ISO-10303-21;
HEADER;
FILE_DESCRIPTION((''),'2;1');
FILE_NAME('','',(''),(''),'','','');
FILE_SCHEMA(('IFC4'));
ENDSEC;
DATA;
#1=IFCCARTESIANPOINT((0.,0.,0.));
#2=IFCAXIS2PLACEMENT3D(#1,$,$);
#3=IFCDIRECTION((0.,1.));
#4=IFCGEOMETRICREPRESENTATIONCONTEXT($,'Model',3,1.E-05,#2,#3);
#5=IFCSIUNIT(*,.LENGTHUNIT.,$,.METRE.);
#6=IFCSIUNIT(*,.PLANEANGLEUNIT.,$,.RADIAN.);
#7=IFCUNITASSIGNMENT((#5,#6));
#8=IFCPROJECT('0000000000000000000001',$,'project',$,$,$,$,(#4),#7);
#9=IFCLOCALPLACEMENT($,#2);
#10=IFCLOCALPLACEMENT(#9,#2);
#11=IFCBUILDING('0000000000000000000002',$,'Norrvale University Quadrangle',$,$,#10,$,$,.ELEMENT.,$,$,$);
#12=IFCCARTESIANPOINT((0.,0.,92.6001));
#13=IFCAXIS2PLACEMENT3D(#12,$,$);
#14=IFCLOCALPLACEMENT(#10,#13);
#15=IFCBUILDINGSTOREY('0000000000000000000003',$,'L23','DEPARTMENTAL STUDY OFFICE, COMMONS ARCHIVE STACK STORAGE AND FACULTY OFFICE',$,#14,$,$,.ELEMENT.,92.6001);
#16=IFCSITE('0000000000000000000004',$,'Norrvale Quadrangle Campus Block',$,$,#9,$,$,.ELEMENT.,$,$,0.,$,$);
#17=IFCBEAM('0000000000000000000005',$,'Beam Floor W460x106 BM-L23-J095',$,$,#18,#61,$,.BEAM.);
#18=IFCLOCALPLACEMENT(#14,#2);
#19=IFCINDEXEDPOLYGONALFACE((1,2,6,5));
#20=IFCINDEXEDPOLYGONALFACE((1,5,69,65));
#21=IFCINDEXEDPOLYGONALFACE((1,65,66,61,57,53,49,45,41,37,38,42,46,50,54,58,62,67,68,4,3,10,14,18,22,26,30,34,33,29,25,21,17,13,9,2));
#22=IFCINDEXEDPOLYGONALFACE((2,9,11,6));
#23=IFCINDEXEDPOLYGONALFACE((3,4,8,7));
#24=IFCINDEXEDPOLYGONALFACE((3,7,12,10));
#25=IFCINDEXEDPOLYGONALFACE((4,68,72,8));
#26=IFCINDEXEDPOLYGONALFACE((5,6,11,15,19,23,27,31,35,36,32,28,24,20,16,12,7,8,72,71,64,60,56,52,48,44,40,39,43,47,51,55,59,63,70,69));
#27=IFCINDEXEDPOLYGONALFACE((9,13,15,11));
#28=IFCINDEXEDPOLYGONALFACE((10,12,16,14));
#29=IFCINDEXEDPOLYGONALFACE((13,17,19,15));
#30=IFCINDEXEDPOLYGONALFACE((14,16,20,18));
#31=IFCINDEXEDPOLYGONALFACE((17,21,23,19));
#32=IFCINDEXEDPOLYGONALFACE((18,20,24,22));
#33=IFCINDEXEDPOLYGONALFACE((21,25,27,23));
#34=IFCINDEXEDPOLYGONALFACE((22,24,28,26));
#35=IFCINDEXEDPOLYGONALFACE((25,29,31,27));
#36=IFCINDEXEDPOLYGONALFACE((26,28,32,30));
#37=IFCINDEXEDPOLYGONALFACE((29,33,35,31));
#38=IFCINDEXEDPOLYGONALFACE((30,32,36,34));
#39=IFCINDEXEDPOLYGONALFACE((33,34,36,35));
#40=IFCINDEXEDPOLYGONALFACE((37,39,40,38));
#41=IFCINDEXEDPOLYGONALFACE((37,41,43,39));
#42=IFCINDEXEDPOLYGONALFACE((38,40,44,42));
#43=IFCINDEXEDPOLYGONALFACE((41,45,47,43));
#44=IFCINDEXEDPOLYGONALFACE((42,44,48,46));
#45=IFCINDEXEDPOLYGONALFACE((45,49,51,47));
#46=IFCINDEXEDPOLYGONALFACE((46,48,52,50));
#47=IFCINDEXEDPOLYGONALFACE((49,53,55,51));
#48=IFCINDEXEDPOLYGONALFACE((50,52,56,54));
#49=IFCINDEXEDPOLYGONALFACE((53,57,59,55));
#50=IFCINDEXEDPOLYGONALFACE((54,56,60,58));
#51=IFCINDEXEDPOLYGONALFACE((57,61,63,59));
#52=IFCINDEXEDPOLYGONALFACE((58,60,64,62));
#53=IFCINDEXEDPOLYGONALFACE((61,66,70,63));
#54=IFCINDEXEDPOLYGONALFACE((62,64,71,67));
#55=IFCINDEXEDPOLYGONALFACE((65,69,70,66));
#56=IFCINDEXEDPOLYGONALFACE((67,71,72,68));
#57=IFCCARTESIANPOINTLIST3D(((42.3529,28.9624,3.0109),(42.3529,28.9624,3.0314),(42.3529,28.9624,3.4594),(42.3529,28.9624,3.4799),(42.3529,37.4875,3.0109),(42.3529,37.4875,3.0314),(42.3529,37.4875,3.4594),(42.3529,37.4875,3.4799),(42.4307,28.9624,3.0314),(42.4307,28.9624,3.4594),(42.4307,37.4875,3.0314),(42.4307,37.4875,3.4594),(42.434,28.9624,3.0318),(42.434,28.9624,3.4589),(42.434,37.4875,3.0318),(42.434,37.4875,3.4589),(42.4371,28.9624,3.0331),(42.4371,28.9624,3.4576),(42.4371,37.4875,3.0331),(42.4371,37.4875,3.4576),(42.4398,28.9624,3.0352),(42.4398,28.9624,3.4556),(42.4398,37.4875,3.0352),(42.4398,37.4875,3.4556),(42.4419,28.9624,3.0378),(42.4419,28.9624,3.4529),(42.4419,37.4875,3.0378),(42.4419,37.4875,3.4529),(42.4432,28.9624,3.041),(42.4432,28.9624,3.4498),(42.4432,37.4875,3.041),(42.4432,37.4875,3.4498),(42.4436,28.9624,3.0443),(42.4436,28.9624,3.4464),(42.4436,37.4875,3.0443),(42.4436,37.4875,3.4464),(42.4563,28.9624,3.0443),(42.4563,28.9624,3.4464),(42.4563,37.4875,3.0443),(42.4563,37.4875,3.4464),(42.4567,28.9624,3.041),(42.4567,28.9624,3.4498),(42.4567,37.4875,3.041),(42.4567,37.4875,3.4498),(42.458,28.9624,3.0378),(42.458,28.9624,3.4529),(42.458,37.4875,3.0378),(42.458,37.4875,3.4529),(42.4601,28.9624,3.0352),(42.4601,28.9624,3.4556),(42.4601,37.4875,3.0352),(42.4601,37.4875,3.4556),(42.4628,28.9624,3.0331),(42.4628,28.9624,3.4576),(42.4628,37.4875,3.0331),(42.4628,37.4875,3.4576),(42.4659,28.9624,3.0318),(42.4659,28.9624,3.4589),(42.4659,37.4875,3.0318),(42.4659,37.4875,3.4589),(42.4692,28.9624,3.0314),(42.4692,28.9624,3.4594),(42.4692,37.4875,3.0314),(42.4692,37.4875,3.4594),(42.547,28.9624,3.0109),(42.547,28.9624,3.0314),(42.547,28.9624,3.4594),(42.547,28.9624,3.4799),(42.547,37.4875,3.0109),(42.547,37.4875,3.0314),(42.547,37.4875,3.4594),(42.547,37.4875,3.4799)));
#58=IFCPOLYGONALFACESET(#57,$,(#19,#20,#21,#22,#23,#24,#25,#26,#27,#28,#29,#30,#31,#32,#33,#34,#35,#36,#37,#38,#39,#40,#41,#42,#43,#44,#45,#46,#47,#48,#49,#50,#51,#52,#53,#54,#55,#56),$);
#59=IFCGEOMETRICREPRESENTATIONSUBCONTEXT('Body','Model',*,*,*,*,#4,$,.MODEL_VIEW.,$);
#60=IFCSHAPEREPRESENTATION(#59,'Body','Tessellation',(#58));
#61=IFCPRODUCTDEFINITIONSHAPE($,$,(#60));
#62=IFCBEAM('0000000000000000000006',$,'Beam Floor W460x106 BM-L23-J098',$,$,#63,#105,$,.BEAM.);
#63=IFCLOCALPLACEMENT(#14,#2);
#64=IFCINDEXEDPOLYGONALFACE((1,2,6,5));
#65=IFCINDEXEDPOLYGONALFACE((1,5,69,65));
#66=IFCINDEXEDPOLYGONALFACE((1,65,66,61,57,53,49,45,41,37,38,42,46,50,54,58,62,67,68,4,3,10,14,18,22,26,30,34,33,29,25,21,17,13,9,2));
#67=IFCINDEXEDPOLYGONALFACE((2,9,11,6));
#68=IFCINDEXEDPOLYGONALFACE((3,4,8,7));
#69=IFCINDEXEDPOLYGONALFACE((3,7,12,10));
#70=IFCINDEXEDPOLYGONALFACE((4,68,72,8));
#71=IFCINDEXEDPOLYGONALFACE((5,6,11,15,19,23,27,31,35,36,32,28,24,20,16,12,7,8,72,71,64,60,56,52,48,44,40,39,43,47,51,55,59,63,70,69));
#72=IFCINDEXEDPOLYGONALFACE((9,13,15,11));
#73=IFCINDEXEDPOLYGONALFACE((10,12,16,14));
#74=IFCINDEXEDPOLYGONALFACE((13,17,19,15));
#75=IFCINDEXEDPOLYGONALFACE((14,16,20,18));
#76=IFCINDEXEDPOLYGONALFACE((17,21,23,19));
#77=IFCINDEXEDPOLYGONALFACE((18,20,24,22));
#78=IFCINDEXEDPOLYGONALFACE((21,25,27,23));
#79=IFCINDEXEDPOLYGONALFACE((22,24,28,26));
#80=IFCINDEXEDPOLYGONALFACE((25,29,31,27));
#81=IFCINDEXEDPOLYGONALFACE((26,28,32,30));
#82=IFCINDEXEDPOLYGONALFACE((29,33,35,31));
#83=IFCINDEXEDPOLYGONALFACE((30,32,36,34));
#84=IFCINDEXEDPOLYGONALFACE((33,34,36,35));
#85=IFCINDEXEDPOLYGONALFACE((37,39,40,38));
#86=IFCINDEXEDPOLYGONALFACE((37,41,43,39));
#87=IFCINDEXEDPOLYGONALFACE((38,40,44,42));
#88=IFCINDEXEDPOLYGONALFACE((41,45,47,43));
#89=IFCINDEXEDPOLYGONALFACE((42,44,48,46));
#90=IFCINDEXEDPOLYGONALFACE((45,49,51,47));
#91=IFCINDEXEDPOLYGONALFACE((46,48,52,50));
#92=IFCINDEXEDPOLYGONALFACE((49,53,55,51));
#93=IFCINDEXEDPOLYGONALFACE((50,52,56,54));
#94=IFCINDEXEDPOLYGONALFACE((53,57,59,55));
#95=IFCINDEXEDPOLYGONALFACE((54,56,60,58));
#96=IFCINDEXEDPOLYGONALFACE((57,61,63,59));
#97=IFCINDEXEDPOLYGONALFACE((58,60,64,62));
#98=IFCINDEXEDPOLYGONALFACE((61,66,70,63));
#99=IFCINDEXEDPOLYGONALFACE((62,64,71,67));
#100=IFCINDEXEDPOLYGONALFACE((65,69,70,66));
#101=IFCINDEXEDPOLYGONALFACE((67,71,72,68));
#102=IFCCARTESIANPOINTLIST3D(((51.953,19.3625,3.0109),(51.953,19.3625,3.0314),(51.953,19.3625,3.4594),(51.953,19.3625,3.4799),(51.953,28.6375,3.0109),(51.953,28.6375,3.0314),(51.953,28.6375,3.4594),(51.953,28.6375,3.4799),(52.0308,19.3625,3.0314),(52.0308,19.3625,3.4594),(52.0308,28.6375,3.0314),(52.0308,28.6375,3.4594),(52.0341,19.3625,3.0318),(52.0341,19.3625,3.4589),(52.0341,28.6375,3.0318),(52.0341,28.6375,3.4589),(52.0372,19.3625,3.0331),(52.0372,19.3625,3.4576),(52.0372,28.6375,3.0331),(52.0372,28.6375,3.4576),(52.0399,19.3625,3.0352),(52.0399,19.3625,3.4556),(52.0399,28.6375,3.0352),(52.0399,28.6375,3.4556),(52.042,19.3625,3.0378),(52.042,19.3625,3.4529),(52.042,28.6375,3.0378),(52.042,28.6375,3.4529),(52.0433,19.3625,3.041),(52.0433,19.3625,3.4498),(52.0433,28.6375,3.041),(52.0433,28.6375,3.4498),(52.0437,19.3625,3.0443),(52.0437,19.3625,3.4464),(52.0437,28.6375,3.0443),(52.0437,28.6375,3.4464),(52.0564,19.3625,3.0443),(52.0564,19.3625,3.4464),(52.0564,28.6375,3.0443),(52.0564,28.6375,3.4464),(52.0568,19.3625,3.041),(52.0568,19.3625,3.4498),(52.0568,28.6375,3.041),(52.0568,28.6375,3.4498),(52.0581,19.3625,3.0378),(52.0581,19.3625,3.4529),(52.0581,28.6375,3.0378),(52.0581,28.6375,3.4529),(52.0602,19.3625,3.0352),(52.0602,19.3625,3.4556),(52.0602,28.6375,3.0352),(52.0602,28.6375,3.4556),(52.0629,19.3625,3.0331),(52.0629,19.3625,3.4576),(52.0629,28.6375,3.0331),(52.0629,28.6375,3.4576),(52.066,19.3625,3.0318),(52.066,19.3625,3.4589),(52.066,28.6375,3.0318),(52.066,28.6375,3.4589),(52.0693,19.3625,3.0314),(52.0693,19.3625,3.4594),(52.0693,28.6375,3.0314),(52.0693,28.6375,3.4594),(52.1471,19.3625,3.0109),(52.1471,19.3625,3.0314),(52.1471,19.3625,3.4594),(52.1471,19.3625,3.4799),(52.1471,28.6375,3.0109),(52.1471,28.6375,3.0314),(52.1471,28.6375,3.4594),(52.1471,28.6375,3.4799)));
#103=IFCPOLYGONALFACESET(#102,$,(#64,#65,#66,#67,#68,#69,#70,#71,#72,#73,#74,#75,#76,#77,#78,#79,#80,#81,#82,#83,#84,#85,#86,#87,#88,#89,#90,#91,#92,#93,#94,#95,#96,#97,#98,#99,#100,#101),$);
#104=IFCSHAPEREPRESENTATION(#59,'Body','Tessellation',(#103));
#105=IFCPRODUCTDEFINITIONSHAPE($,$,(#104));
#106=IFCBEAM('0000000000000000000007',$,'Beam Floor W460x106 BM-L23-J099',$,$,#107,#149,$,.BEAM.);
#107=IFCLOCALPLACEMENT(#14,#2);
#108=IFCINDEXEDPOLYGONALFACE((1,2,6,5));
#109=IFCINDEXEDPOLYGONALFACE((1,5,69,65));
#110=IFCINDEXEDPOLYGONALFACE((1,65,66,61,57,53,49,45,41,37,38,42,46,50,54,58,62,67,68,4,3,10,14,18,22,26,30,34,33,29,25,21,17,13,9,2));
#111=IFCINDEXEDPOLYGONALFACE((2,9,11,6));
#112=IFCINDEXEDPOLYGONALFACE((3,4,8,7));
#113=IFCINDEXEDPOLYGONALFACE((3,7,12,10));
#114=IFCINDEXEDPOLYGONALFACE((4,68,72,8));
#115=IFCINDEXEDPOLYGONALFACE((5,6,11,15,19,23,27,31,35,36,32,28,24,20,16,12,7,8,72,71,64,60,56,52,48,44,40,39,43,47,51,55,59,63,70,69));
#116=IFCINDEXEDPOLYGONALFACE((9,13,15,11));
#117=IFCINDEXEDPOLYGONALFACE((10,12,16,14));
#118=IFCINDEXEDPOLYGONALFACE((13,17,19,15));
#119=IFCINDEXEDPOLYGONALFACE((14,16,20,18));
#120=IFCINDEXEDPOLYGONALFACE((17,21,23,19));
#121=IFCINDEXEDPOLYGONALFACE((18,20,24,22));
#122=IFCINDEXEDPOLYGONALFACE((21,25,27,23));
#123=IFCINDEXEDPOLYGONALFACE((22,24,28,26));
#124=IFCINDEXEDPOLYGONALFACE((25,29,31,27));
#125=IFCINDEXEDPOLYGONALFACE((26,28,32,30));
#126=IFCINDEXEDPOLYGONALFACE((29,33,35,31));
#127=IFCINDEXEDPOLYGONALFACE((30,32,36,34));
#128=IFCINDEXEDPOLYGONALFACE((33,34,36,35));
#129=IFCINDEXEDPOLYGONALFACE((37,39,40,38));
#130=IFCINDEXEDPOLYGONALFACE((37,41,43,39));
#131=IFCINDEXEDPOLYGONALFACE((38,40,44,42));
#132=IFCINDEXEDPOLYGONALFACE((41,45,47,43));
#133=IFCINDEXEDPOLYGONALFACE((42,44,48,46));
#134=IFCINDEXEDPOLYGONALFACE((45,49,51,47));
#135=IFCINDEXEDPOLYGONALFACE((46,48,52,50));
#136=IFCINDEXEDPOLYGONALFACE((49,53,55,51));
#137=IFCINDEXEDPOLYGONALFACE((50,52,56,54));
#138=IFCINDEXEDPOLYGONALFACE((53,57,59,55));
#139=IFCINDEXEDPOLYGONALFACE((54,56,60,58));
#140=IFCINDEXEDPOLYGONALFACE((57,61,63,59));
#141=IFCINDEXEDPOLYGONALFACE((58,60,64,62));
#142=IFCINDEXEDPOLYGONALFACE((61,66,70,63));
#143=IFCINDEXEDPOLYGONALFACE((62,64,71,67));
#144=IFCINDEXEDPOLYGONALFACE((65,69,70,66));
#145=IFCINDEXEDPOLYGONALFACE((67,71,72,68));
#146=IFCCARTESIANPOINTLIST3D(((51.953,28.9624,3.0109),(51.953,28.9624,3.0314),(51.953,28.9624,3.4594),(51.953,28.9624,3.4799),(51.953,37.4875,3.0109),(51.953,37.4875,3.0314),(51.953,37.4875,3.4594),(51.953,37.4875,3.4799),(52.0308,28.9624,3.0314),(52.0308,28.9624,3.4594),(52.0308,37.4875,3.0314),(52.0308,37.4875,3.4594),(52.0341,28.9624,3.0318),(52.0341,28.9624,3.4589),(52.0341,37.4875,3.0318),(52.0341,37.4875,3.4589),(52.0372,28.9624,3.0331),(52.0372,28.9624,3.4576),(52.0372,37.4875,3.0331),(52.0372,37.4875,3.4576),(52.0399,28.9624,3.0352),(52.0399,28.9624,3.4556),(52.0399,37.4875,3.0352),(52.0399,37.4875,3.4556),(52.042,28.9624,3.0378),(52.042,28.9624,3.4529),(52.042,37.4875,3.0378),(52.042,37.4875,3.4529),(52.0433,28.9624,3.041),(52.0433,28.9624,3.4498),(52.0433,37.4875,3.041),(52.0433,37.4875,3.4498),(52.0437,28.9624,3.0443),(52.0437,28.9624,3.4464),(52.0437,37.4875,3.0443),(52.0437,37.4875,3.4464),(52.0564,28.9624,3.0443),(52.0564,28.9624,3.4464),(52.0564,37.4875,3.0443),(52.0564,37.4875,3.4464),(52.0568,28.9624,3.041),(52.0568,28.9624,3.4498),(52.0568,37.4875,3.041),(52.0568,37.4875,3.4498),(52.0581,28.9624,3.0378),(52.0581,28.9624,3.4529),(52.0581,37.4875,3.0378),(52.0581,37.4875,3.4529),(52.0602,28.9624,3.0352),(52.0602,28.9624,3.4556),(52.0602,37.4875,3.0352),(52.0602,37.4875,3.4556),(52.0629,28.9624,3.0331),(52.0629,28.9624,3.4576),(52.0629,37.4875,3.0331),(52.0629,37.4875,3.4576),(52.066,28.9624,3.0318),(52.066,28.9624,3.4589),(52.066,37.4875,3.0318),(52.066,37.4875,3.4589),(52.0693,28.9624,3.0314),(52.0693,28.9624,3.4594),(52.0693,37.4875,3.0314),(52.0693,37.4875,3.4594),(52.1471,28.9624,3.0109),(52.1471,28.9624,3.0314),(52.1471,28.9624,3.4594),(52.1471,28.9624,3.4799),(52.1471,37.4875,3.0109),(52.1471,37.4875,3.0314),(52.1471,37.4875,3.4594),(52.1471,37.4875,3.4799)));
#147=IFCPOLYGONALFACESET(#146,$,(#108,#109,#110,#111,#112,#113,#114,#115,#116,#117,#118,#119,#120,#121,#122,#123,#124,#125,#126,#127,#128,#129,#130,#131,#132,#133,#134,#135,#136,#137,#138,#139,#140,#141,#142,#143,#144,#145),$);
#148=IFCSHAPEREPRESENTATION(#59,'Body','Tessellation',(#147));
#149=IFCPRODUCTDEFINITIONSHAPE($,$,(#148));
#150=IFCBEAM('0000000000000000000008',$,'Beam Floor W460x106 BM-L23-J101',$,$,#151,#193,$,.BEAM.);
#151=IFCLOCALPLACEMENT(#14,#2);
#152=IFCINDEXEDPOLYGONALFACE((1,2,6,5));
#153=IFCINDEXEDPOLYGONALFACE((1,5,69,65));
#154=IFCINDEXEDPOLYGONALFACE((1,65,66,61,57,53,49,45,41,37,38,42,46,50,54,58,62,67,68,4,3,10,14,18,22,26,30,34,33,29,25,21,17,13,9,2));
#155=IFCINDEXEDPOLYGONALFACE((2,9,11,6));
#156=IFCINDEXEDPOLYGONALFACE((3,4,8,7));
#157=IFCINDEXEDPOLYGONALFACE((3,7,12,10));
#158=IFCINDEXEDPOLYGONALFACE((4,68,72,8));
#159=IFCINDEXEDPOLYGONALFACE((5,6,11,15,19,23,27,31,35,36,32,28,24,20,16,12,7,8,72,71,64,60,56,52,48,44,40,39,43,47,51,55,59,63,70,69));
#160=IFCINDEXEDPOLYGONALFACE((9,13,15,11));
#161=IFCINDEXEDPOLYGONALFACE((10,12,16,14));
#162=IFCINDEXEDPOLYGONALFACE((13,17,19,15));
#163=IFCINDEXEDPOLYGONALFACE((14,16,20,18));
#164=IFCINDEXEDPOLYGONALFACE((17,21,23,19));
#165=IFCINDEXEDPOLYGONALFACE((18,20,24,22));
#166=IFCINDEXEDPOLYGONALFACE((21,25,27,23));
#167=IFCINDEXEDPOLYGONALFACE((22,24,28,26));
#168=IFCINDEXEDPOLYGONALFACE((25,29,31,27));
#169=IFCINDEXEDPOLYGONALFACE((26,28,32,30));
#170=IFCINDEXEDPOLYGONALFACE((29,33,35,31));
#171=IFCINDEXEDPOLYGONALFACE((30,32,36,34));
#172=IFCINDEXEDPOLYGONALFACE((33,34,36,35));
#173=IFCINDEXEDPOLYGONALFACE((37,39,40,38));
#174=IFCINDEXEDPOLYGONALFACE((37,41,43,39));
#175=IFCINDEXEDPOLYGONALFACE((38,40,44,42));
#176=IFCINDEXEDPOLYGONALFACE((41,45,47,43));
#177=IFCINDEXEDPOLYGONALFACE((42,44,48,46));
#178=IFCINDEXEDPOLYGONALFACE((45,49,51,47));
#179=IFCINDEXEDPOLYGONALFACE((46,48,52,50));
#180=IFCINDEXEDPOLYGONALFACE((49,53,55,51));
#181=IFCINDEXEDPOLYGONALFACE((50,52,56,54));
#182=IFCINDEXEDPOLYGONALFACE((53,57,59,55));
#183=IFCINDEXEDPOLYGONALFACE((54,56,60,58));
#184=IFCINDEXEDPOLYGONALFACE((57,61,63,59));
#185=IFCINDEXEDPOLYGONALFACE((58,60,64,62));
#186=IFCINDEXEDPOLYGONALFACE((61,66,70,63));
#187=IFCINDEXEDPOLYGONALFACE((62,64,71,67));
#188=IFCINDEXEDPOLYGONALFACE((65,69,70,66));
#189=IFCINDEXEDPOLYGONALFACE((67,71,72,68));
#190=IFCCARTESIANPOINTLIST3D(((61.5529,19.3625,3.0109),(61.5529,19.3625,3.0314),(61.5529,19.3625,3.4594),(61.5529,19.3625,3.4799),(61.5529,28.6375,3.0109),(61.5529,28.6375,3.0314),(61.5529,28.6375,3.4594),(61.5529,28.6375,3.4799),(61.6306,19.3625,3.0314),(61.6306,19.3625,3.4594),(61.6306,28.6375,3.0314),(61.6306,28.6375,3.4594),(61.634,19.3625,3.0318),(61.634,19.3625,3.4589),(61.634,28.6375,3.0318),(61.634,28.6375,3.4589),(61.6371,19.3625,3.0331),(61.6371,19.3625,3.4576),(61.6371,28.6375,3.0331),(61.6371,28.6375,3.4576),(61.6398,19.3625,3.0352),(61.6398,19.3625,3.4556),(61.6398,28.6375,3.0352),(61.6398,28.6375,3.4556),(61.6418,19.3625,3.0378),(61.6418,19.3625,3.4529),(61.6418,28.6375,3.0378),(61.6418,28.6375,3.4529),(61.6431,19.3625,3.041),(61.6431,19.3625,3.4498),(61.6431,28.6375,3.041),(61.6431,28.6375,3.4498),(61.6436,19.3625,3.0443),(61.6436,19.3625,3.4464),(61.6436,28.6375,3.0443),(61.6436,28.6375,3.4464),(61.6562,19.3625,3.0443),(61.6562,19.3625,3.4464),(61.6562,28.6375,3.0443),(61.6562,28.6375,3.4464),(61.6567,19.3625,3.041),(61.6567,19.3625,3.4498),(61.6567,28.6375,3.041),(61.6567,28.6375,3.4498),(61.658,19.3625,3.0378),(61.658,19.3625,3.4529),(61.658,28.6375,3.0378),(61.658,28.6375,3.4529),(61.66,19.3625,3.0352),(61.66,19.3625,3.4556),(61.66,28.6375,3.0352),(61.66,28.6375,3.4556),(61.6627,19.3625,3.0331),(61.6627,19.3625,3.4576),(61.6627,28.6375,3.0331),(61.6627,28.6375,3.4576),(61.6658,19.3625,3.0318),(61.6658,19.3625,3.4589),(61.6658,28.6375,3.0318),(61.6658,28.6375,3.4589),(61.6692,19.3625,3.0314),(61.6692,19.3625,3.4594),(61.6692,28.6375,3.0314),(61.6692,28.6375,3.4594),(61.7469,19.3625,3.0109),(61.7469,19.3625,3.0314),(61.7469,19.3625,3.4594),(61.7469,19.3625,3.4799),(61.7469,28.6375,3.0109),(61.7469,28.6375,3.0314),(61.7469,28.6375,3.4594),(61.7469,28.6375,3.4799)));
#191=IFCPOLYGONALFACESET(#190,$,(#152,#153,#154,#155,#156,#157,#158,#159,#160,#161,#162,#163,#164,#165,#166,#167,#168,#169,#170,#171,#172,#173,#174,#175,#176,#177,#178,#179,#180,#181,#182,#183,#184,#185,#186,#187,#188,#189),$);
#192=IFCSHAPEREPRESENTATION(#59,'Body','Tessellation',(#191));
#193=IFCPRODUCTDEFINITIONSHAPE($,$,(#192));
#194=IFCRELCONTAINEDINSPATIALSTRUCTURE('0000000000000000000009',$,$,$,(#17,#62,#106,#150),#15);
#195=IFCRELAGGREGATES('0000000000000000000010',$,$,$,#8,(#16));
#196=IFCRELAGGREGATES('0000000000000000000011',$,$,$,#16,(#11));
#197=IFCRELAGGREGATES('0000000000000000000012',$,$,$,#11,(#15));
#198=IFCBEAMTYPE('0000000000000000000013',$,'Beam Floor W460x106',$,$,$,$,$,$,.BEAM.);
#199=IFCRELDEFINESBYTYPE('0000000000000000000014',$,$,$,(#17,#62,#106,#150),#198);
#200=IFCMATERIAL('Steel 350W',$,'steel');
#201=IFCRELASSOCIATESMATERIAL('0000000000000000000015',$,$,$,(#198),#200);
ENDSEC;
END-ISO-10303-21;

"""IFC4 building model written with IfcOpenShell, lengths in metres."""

from ifc_helpers import new_model, si_unit, direction, frame, origin, origin_2d, place, context, subcontext, project, spatial, i_section, extrude, material, material_profile, profile_set, type_object, element, save


model = new_model("IFC4")

# Units and contexts
model_context = context("Model", 3, precision=1e-05, world=origin(), true_north=direction((0.0, 1.0)))
body_context = subcontext(model_context, "Body", "Model", "MODEL_VIEW")
ifc_project = project(units=[si_unit("LENGTHUNIT", "METRE"), si_unit("PLANEANGLEUNIT", "RADIAN")], contexts=[model_context])

# Site, building, storey
site_placement = place(None, origin())
site = spatial("IfcSite", under=ifc_project, at=site_placement, Name="Norrvale Quadrangle Campus Block", CompositionType="ELEMENT", RefElevation=0.0)
building_placement = place(site_placement, origin())
building = spatial("IfcBuilding", under=site, at=building_placement, Name="Norrvale University Quadrangle", CompositionType="ELEMENT")
storey_placement = place(building_placement, frame((0.0, 0.0, 92.6001)))
storey = spatial("IfcBuildingStorey", under=building, at=storey_placement, Name="L23", Description="DEPARTMENTAL STUDY OFFICE, COMMONS ARCHIVE STACK STORAGE AND FACULTY OFFICE", CompositionType="ELEMENT", Elevation=92.6001)

# Beams
ifc_material_1 = material(Name="Steel 350W", Category="steel")
ifc_material_profile_1 = material_profile(ifc_material_1, i_section(OverallWidth=0.1941, OverallDepth=0.469, WebThickness=0.0127, FlangeThickness=0.0205, FilletRadius=0.0129, at=origin_2d()), Name="Steel 350W")
ifc_profile_set_1 = profile_set([ifc_material_profile_1], Name="Steel 350W")
beam_type_1 = type_object("IfcBeamType", Name="Beam Floor W460x106", PredefinedType="BEAM", material=ifc_profile_set_1)
beam_1_placement = place(storey_placement, frame((42.45, 28.9624, 3.2454), z_axis=(0.0, 1.0, 0.0), x_axis=(-1.0, 0.0, 0.0)))
element("IfcBeam", 1, at=beam_1_placement, inside=storey, type_object=beam_type_1, Name="Beam Floor W460x106 BM-L23-J095", PredefinedType="BEAM", context=body_context, shape_type="SweptSolid", body=[
    extrude(i_section(OverallWidth=0.1941, OverallDepth=0.469, WebThickness=0.0127, FlangeThickness=0.0205, FilletRadius=0.0129, at=origin_2d()), origin(), (0.0, 0.0, 1.0), 8.5251),
])
beam_2_placement = place(storey_placement, frame((52.05, 19.3625, 3.2454), z_axis=(0.0, 1.0, 0.0), x_axis=(-1.0, 0.0, 0.0)))
element("IfcBeam", 2, at=beam_2_placement, inside=storey, type_object=beam_type_1, Name="Beam Floor W460x106 BM-L23-J098", PredefinedType="BEAM", context=body_context, shape_type="SweptSolid", body=[
    extrude(i_section(OverallWidth=0.1941, OverallDepth=0.469, WebThickness=0.0127, FlangeThickness=0.0205, FilletRadius=0.0129, at=origin_2d()), origin(), (0.0, 0.0, 1.0), 9.2749),
])
beam_3_placement = place(storey_placement, frame((52.05, 28.9624, 3.2454), z_axis=(0.0, 1.0, 0.0), x_axis=(-1.0, 0.0, 0.0)))
element("IfcBeam", 3, at=beam_3_placement, inside=storey, type_object=beam_type_1, Name="Beam Floor W460x106 BM-L23-J099", PredefinedType="BEAM", context=body_context, shape_type="SweptSolid", body=[
    extrude(i_section(OverallWidth=0.1941, OverallDepth=0.469, WebThickness=0.0127, FlangeThickness=0.0205, FilletRadius=0.0129, at=origin_2d()), origin(), (0.0, 0.0, 1.0), 8.5251),
])
beam_4_placement = place(storey_placement, frame((61.6499, 19.3625, 3.2454), z_axis=(0.0, 1.0, 0.0), x_axis=(-1.0, 0.0, 0.0)))
element("IfcBeam", 4, at=beam_4_placement, inside=storey, type_object=beam_type_1, Name="Beam Floor W460x106 BM-L23-J101", PredefinedType="BEAM", context=body_context, shape_type="SweptSolid", body=[
    extrude(i_section(OverallWidth=0.1941, OverallDepth=0.469, WebThickness=0.0127, FlangeThickness=0.0205, FilletRadius=0.0129, at=origin_2d()), origin(), (0.0, 0.0, 1.0), 9.2749),
])

save(model, "model.ifc")
